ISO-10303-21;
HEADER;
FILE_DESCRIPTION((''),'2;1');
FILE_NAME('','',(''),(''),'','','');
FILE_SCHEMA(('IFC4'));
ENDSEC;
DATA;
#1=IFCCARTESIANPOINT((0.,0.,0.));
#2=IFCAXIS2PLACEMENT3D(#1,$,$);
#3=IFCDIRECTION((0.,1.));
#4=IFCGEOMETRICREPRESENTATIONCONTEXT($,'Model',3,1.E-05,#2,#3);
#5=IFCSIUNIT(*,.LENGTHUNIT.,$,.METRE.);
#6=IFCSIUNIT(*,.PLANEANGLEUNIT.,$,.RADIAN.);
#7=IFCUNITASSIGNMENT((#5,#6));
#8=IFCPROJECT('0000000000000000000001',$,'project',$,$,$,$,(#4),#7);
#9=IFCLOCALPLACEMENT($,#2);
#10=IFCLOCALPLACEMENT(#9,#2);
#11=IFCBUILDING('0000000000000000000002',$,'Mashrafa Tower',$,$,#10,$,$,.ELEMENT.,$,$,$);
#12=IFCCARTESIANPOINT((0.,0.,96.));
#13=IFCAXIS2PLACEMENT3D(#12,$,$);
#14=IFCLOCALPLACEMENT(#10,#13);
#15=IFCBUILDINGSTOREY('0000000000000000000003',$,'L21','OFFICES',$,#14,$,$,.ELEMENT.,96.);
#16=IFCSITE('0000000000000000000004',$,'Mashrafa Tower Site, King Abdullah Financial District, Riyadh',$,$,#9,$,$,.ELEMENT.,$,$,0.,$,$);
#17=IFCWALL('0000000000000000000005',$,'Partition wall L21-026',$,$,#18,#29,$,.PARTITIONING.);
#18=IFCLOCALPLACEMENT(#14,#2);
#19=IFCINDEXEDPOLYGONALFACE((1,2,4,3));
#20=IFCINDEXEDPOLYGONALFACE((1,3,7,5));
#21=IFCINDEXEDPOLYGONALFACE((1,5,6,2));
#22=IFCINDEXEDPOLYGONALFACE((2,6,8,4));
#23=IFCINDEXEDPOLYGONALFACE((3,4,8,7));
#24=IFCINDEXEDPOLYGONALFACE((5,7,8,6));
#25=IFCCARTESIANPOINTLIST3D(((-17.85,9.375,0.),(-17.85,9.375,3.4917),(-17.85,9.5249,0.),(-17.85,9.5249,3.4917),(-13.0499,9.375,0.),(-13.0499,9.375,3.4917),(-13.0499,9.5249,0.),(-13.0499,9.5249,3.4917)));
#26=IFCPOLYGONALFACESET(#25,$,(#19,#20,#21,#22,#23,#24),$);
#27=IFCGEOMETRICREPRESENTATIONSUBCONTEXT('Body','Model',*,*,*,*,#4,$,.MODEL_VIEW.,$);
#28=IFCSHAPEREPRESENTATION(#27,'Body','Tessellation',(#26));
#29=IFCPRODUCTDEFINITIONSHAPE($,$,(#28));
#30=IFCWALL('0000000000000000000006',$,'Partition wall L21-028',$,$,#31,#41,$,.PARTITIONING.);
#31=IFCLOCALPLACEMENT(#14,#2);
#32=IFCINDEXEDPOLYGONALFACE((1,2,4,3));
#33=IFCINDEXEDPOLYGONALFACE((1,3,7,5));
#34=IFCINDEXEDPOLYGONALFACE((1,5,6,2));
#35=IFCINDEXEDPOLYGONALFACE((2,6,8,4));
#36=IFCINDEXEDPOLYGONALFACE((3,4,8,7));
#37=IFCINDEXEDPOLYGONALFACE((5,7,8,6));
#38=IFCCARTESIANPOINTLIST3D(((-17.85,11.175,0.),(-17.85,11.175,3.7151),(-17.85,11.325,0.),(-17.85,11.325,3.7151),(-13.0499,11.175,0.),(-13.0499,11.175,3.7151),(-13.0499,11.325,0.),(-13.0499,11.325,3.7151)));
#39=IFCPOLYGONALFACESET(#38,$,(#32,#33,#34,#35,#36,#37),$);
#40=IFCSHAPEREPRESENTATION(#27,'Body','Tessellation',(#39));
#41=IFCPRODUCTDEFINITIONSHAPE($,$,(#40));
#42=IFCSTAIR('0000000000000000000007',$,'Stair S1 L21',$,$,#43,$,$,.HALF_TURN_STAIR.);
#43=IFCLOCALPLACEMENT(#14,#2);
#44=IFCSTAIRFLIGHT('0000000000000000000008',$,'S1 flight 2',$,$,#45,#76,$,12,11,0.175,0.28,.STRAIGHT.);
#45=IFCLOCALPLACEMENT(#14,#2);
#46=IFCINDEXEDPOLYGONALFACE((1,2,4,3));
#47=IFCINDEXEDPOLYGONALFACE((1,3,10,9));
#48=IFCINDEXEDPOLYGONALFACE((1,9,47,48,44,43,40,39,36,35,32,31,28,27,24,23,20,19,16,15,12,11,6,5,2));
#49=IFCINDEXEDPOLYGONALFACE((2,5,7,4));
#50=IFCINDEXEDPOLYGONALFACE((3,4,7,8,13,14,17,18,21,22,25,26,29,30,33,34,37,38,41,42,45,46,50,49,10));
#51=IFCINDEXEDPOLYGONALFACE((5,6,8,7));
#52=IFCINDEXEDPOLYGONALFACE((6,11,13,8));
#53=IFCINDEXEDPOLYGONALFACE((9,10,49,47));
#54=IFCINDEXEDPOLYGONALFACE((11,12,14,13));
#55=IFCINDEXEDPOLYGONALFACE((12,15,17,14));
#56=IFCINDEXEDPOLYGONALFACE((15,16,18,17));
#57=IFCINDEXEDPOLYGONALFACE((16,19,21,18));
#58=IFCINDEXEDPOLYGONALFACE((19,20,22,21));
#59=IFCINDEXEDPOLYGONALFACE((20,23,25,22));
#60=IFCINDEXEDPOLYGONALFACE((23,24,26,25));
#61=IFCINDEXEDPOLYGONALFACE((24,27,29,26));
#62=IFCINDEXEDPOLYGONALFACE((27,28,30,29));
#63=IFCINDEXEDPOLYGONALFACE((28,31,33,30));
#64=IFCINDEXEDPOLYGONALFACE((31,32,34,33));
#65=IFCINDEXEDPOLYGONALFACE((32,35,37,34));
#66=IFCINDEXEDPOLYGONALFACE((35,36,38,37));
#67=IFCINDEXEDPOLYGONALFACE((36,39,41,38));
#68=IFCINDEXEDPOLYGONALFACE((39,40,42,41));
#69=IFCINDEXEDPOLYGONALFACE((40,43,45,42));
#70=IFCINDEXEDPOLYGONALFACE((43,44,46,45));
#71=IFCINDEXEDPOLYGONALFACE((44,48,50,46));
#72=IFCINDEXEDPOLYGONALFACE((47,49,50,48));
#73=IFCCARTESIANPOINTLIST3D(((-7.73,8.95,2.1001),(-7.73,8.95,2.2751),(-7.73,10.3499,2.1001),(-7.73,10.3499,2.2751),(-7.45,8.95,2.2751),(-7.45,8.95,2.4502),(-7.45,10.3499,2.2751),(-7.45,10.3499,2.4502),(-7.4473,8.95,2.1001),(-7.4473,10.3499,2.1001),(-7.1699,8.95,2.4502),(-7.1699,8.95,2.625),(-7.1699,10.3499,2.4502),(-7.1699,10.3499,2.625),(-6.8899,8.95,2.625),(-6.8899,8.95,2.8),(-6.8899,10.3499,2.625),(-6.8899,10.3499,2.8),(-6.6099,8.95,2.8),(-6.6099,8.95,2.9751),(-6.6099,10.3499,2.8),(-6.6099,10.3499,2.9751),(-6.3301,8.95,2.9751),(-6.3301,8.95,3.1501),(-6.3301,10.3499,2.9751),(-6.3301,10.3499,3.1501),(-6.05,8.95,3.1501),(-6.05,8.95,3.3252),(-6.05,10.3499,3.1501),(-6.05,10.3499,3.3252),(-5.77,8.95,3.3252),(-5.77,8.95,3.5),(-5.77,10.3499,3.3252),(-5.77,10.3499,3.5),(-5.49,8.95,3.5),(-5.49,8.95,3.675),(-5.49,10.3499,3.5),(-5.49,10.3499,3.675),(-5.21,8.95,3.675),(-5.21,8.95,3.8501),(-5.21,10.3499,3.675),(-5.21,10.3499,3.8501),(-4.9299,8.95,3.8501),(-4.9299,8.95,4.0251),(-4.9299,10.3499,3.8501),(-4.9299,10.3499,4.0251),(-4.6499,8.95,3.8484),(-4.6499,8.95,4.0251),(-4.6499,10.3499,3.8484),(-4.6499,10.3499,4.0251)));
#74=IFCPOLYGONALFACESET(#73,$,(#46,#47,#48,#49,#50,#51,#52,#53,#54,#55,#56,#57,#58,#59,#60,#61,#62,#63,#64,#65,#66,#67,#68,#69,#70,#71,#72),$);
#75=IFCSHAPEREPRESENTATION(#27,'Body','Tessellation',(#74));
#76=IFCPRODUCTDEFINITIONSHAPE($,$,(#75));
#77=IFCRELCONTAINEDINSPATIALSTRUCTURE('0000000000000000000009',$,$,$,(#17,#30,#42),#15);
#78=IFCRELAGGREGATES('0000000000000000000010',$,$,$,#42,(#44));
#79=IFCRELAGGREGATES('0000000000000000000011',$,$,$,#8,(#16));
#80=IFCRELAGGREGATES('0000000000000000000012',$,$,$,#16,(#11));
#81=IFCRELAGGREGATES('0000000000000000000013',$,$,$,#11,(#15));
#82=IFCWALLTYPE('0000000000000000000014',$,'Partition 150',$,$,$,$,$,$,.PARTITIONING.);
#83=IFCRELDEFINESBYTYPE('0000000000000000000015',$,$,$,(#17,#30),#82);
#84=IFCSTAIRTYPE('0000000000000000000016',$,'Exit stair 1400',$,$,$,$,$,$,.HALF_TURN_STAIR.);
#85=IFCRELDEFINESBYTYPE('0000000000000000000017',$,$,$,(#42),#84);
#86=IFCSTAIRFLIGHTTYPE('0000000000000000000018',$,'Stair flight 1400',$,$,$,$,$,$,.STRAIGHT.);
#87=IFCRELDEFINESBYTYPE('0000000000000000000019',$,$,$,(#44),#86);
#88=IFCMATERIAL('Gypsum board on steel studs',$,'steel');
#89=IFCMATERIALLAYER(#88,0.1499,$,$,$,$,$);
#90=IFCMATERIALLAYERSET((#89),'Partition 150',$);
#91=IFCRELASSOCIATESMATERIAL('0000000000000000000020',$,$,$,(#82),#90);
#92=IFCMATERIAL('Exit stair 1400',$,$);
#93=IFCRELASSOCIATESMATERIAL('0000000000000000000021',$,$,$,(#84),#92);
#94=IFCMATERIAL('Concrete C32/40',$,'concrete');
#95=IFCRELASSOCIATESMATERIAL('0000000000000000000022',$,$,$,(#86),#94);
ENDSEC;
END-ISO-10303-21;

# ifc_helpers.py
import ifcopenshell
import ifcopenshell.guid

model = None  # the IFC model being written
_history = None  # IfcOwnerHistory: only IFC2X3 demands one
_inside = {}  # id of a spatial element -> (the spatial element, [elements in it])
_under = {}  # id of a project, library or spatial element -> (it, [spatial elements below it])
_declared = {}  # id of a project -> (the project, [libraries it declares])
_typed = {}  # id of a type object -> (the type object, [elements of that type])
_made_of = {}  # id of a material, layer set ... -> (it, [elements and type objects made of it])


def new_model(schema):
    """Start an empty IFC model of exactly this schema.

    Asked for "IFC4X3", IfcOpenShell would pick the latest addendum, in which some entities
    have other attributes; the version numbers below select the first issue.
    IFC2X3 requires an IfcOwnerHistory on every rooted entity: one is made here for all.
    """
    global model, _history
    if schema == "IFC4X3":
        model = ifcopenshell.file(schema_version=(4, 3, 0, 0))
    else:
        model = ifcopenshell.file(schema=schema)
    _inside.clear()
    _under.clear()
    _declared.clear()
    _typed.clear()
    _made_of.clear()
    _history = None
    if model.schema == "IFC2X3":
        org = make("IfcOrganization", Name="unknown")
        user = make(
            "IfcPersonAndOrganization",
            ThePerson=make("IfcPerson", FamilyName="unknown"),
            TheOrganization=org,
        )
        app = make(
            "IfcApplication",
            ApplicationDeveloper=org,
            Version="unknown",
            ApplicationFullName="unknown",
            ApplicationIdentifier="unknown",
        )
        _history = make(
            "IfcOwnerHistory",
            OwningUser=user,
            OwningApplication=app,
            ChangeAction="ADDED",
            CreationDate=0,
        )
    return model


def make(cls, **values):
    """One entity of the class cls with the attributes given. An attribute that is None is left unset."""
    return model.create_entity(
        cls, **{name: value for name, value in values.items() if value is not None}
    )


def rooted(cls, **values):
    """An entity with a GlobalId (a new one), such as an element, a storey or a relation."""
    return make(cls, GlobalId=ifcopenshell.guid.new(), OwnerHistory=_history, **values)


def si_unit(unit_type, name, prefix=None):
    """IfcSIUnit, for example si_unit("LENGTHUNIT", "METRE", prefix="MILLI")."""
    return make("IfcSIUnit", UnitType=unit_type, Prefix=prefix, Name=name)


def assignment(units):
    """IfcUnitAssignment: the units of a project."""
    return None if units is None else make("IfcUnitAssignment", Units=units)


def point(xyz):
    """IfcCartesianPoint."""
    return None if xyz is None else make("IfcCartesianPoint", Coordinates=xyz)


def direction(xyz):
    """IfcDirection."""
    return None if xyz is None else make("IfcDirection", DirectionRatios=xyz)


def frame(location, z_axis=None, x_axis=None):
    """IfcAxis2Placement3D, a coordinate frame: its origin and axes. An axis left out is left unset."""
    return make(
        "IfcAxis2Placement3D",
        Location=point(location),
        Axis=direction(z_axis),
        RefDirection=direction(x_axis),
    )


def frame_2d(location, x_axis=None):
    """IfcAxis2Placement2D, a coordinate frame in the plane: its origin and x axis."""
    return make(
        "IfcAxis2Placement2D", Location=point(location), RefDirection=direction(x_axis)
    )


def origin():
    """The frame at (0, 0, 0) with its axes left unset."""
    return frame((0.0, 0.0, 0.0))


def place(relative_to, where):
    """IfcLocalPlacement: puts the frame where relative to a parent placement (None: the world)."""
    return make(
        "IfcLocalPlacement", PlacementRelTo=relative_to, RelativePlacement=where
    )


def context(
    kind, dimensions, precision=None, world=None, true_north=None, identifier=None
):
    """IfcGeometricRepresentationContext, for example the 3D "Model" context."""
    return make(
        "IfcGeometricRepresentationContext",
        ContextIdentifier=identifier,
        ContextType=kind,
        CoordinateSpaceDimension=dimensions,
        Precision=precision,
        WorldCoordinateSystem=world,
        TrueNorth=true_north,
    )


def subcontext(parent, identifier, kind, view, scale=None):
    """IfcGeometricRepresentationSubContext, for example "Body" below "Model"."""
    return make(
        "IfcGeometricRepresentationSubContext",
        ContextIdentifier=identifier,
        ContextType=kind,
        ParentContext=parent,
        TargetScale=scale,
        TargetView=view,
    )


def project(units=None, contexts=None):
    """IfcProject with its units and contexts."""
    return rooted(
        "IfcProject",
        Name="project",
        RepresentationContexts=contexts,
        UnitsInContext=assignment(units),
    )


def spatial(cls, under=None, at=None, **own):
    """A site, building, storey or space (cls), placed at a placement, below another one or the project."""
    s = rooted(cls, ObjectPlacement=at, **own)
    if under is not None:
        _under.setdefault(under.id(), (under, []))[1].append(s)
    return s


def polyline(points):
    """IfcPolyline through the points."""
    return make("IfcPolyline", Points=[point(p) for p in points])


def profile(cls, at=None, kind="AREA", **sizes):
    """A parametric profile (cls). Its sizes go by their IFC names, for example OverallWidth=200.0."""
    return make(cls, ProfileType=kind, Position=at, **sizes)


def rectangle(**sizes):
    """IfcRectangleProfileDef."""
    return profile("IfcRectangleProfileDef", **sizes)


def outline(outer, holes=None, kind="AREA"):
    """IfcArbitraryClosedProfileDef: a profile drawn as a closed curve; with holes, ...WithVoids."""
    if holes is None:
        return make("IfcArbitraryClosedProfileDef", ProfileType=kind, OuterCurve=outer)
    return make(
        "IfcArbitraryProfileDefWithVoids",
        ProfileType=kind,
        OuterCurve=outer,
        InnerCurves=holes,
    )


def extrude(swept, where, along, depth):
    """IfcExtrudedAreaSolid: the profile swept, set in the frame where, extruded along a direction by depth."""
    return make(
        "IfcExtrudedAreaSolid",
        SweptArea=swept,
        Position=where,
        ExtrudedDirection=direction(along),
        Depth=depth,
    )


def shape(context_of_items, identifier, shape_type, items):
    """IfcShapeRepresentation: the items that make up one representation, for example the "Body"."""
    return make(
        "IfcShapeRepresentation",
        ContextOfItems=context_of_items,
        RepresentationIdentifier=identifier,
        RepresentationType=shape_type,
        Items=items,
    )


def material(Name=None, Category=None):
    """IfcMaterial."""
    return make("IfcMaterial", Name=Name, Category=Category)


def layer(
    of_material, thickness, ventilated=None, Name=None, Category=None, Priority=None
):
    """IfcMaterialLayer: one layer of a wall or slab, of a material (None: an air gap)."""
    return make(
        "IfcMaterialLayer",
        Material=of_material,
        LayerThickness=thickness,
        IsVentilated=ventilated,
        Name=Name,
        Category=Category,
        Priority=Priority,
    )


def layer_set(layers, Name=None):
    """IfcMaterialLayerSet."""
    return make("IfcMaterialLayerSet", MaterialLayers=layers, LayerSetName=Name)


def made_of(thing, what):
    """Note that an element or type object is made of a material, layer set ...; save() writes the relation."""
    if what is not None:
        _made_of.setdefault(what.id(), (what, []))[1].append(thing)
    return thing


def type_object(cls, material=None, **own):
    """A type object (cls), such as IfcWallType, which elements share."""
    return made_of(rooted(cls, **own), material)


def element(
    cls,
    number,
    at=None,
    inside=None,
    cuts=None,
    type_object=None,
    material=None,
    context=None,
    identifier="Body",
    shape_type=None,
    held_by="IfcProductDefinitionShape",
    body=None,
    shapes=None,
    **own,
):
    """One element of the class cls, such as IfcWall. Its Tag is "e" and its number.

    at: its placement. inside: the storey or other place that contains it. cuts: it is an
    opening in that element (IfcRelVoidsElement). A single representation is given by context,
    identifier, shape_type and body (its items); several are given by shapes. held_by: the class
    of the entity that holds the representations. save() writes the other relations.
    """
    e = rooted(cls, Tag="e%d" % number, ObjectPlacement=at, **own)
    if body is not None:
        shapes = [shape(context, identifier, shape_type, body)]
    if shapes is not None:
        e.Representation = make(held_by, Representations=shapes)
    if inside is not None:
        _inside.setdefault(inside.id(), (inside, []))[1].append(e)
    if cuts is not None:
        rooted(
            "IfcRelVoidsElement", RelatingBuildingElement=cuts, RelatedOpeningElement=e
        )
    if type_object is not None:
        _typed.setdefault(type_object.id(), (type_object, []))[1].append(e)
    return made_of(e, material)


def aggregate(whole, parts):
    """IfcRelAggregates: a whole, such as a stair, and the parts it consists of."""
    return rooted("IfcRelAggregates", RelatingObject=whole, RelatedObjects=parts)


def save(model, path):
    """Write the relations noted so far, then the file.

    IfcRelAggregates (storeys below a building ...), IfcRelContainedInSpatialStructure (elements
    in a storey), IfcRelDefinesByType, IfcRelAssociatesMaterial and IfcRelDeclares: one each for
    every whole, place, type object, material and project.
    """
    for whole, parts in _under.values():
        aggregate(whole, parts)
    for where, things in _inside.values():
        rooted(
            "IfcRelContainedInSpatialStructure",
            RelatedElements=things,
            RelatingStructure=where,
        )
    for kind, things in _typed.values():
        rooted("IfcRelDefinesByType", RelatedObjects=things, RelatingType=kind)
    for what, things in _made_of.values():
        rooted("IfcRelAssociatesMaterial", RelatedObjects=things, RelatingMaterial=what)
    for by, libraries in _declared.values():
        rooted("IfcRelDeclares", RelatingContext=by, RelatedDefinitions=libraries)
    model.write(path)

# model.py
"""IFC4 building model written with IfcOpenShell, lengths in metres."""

from ifc_helpers import new_model, si_unit, direction, frame, frame_2d, origin, place, context, subcontext, project, spatial, polyline, rectangle, outline, extrude, material, layer, layer_set, type_object, element, aggregate, save


model = new_model("IFC4")

# Units and contexts
model_context = context("Model", 3, precision=1e-05, world=origin(), true_north=direction((0.0, 1.0)))
body_context = subcontext(model_context, "Body", "Model", "MODEL_VIEW")
ifc_project = project(units=[si_unit("LENGTHUNIT", "METRE"), si_unit("PLANEANGLEUNIT", "RADIAN")], contexts=[model_context])

# Site, building, storey
site_placement = place(None, origin())
site = spatial("IfcSite", under=ifc_project, at=site_placement, Name="Mashrafa Tower Site, King Abdullah Financial District, Riyadh", CompositionType="ELEMENT", RefElevation=0.0)
building_placement = place(site_placement, origin())
building = spatial("IfcBuilding", under=site, at=building_placement, Name="Mashrafa Tower", CompositionType="ELEMENT")
storey_placement = place(building_placement, frame((0.0, 0.0, 96.0)))
storey = spatial("IfcBuildingStorey", under=building, at=storey_placement, Name="L21", Description="OFFICES", CompositionType="ELEMENT", Elevation=96.0)

# Walls
ifc_material_1 = material(Name="Gypsum board on steel studs", Category="steel")
ifc_layer_1 = layer(ifc_material_1, 0.1499)
ifc_layer_set_1 = layer_set([ifc_layer_1], Name="Partition 150")
wall_type_1 = type_object("IfcWallType", Name="Partition 150", PredefinedType="PARTITIONING", material=ifc_layer_set_1)
wall_1_placement = place(storey_placement, frame((-13.05, 9.45, 0.0), z_axis=(0.0, 0.0, 1.0), x_axis=(-1.0, 0.0, 0.0)))
element("IfcWall", 1, at=wall_1_placement, inside=storey, type_object=wall_type_1, Name="Partition wall L21-026", PredefinedType="PARTITIONING", context=body_context, shape_type="SweptSolid", body=[
    extrude(rectangle(XDim=4.8, YDim=0.1499, at=frame_2d((2.3999, 0.0))), origin(), (0.0, 0.0, 1.0), 3.4917),
])
wall_2_placement = place(storey_placement, frame((-13.05, 11.25, 0.0), z_axis=(0.0, 0.0, 1.0), x_axis=(-1.0, 0.0, 0.0)))
element("IfcWall", 2, at=wall_2_placement, inside=storey, type_object=wall_type_1, Name="Partition wall L21-028", PredefinedType="PARTITIONING", context=body_context, shape_type="SweptSolid", body=[
    extrude(rectangle(XDim=4.8, YDim=0.1499, at=frame_2d((2.3999, 0.0))), origin(), (0.0, 0.0, 1.0), 3.7151),
])

# Stair, stair flight
ifc_material_2 = material(Name="Exit stair 1400")
stair_type = type_object("IfcStairType", Name="Exit stair 1400", PredefinedType="HALF_TURN_STAIR", material=ifc_material_2)
stair_placement = place(storey_placement, origin())
stair = element("IfcStair", 3, at=stair_placement, inside=storey, type_object=stair_type, Name="Stair S1 L21", PredefinedType="HALF_TURN_STAIR")
ifc_material_3 = material(Name="Concrete C32/40", Category="concrete")
stair_flight_type = type_object("IfcStairFlightType", Name="Stair flight 1400", PredefinedType="STRAIGHT", material=ifc_material_3)
stair_flight_placement = place(storey_placement, frame((-7.73, 9.6499, 2.1001), z_axis=(0.0, 0.0, 1.0), x_axis=(1.0, 0.0, 0.0)))
stair_flight = element("IfcStairFlight", 4, at=stair_flight_placement, type_object=stair_flight_type, Name="S1 flight 2", NumberOfRisers=12, NumberOfTreads=11, PredefinedType="STRAIGHT", RiserHeight=0.175, TreadLength=0.28, context=body_context, shape_type="SweptSolid", body=[
    extrude(outline(polyline([(0.0, 0.0), (0.0, 0.175), (0.28, 0.175), (0.28, 0.3501), (0.5601, 0.3501), (0.5601, 0.5249), (0.8401, 0.5249), (0.8401, 0.7), (1.1201, 0.7), (1.1201, 0.875), (1.3999, 0.875), (1.3999, 1.05), (1.6799, 1.05), (1.6799, 1.2251), (1.96, 1.2251), (1.96, 1.3999), (2.24, 1.3999), (2.24, 1.575), (2.52, 1.575), (2.52, 1.75), (2.8, 1.75), (2.8, 1.925), (3.0801, 1.925), (3.0801, 2.1001), (3.0801, 1.7483), (0.2827, 0.0), (0.0, 0.0)])), frame((0.0, 0.7, 0.0), z_axis=(0.0, -1.0, 0.0), x_axis=(1.0, 0.0, 0.0)), (0.0, 0.0, 1.0), 1.3999),
])
aggregate(stair, [stair_flight])

save(model, "model.ifc")
